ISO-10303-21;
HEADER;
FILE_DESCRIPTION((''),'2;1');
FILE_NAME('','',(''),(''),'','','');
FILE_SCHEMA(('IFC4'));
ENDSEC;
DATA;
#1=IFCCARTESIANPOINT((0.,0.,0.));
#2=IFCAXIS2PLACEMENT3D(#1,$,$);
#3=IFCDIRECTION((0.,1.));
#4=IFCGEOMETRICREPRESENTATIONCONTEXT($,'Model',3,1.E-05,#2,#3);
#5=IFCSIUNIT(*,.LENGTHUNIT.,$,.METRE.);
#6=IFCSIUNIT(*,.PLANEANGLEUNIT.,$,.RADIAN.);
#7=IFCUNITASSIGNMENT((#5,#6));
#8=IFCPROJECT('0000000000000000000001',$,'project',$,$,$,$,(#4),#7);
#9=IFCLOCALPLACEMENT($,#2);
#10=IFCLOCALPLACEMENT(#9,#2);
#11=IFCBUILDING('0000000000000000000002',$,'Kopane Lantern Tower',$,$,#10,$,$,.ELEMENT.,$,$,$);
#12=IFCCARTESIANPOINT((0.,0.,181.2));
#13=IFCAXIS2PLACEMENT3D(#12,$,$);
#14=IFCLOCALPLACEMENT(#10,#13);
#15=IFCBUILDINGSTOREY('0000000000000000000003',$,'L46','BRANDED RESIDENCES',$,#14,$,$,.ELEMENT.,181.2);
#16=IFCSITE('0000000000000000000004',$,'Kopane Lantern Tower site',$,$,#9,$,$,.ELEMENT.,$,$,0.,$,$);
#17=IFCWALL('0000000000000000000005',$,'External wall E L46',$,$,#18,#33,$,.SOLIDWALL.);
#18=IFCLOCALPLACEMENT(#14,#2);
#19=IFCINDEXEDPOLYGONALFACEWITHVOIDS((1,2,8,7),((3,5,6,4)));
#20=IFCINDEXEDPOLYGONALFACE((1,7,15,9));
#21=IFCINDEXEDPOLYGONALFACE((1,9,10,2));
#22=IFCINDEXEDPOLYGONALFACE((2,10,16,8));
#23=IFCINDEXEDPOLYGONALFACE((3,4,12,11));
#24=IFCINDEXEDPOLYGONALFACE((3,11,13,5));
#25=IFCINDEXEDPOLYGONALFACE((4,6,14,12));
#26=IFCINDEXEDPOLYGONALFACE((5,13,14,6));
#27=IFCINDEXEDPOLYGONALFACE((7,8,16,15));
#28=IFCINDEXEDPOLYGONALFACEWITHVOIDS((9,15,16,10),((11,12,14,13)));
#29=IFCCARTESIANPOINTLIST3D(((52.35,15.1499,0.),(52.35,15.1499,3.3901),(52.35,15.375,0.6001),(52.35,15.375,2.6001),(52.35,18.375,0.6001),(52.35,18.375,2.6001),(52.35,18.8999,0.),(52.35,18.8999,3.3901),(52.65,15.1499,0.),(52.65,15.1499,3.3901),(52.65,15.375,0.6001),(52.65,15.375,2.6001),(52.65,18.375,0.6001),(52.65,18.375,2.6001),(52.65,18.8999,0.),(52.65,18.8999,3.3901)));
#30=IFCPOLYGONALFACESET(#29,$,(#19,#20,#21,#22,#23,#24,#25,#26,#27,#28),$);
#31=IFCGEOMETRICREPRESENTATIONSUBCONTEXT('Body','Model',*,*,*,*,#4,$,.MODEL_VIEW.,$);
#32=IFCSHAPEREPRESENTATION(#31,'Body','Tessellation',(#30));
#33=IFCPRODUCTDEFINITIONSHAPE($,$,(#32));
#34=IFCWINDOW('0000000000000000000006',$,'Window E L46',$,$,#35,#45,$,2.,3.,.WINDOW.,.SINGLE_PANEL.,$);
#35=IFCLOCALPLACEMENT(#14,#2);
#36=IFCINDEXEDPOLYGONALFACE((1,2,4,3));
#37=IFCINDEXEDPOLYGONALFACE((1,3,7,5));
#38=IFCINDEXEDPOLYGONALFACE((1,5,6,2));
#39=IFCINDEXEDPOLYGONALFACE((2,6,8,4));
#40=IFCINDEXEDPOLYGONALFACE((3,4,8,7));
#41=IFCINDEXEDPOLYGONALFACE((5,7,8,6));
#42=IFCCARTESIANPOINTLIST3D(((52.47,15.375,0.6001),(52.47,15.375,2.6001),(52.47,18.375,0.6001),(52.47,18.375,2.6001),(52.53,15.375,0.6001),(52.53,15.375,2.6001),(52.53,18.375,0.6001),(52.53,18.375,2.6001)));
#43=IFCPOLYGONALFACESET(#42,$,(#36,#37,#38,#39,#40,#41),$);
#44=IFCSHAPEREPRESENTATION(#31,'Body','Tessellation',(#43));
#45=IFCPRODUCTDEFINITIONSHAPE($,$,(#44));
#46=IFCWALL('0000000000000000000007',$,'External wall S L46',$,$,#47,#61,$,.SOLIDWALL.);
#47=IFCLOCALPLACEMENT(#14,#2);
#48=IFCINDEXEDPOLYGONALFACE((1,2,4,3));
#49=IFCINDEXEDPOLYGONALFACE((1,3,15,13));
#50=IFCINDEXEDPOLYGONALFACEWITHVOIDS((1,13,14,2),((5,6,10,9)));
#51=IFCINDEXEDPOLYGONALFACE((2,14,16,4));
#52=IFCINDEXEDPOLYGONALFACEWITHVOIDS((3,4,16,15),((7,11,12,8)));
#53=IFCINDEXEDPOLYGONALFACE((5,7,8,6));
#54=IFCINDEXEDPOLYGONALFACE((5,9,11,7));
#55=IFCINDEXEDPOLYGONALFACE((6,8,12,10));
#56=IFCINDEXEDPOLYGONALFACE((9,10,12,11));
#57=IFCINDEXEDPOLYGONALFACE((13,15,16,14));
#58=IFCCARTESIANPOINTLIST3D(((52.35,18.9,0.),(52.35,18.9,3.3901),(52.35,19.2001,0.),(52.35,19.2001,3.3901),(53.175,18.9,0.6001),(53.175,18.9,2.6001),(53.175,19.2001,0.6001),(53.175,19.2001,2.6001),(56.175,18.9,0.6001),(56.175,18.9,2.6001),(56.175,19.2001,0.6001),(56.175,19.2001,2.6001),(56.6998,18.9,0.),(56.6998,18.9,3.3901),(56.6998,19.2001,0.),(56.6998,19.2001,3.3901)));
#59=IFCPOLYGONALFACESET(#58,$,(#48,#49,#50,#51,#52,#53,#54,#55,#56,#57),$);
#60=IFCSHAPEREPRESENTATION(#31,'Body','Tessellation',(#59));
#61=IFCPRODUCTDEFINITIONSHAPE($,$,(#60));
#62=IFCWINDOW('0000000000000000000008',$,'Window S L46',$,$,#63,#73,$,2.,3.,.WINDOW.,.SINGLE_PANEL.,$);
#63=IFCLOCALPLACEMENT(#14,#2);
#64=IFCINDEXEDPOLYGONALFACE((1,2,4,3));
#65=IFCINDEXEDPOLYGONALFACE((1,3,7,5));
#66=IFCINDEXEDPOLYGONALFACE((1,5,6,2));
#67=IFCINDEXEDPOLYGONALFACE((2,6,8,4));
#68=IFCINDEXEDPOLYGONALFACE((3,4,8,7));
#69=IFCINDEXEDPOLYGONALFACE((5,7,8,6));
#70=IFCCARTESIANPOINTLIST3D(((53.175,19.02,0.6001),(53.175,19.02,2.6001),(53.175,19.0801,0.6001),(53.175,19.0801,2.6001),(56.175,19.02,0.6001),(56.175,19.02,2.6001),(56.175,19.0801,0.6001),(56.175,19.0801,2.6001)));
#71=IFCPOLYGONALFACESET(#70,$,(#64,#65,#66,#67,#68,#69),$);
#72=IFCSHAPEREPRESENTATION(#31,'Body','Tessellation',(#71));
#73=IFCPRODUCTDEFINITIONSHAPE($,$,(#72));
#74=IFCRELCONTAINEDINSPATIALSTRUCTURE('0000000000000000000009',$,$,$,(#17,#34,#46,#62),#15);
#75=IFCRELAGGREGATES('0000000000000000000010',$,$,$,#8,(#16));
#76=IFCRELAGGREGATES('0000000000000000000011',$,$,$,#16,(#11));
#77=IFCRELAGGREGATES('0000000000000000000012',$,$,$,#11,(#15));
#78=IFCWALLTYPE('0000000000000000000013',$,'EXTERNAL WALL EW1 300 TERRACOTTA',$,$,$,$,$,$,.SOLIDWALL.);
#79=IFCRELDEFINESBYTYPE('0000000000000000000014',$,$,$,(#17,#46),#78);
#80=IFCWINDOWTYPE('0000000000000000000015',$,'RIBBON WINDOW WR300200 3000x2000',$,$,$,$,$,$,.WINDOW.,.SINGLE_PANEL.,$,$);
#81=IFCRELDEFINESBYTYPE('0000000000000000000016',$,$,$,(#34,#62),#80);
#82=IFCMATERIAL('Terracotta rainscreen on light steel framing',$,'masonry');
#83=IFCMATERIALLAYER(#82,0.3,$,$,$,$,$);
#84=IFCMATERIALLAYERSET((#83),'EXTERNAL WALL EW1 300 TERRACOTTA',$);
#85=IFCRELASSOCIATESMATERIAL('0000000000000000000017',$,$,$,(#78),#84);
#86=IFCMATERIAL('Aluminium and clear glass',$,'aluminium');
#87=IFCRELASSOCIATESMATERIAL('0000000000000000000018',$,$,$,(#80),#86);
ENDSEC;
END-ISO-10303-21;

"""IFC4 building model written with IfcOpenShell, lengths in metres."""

from ifc_helpers import new_model, si_unit, direction, frame, frame_2d, origin, place, context, subcontext, project, spatial, rectangle, extrude, material, layer, layer_set, type_object, element, fill, save


model = new_model("IFC4")

# Units and contexts
model_context = context("Model", 3, precision=1e-05, world=origin(), true_north=direction((0.0, 1.0)))
body_context = subcontext(model_context, "Body", "Model", "MODEL_VIEW")
ifc_project = project(units=[si_unit("LENGTHUNIT", "METRE"), si_unit("PLANEANGLEUNIT", "RADIAN")], contexts=[model_context])

# Site, building, storey
site_placement = place(None, origin())
site = spatial("IfcSite", under=ifc_project, at=site_placement, Name="Kopane Lantern Tower site", CompositionType="ELEMENT", RefElevation=0.0)
building_placement = place(site_placement, origin())
building = spatial("IfcBuilding", under=site, at=building_placement, Name="Kopane Lantern Tower", CompositionType="ELEMENT")
storey_placement = place(building_placement, frame((0.0, 0.0, 181.2)))
storey = spatial("IfcBuildingStorey", under=building, at=storey_placement, Name="L46", Description="BRANDED RESIDENCES", CompositionType="ELEMENT", Elevation=181.2)

# Walls, openings, windows
ifc_material_1 = material(Name="Terracotta rainscreen on light steel framing", Category="masonry")
ifc_layer = layer(ifc_material_1, 0.3)
ifc_layer_set = layer_set([ifc_layer], Name="EXTERNAL WALL EW1 300 TERRACOTTA")
wall_type = type_object("IfcWallType", Name="EXTERNAL WALL EW1 300 TERRACOTTA", PredefinedType="SOLIDWALL", material=ifc_layer_set)
wall_1_placement = place(storey_placement, frame((52.5, 15.1499, 0.0), z_axis=(0.0, 0.0, 1.0), x_axis=(0.0, 1.0, 0.0)))
wall_1 = element("IfcWall", 1, at=wall_1_placement, inside=storey, type_object=wall_type, Name="External wall E L46", PredefinedType="SOLIDWALL", context=body_context, shape_type="SweptSolid", body=[
    extrude(rectangle(XDim=3.75, YDim=0.3, at=frame_2d((1.875, 0.0))), origin(), (0.0, 0.0, 1.0), 3.3901),
])
opening_1_placement = place(wall_1_placement, frame((0.2251, 0.0, 0.6001)))
opening_1 = element("IfcOpeningElement", 2, at=opening_1_placement, cuts=wall_1, PredefinedType="OPENING", context=body_context, shape_type="SweptSolid", body=[
    extrude(rectangle(XDim=3.0, YDim=2.0, at=frame_2d((1.5, 1.0))), frame((0.0, 0.1599, 0.0), z_axis=(0.0, -1.0, 0.0), x_axis=(1.0, 0.0, 0.0)), (0.0, 0.0, 1.0), 0.3201),
])
ifc_material_2 = material(Name="Aluminium and clear glass", Category="aluminium")
window_type = type_object("IfcWindowType", Name="RIBBON WINDOW WR300200 3000x2000", PartitioningType="SINGLE_PANEL", PredefinedType="WINDOW", material=ifc_material_2)
window_1_placement = place(opening_1_placement, origin())
window_1 = element("IfcWindow", 3, at=window_1_placement, inside=storey, type_object=window_type, Name="Window E L46", OverallHeight=2.0, OverallWidth=3.0, PartitioningType="SINGLE_PANEL", PredefinedType="WINDOW", context=body_context, shape_type="SweptSolid", body=[
    extrude(rectangle(XDim=3.0, YDim=2.0, at=frame_2d((1.5, 1.0))), frame((0.0, 0.03, 0.0), z_axis=(0.0, -1.0, 0.0), x_axis=(1.0, 0.0, 0.0)), (0.0, 0.0, 1.0), 0.0601),
])
fill(opening_1, window_1)
wall_2_placement = place(storey_placement, frame((52.3501, 19.05, 0.0), z_axis=(0.0, 0.0, 1.0), x_axis=(1.0, 0.0, 0.0)))
wall_2 = element("IfcWall", 4, at=wall_2_placement, inside=storey, type_object=wall_type, Name="External wall S L46", PredefinedType="SOLIDWALL", context=body_context, shape_type="SweptSolid", body=[
    extrude(rectangle(XDim=4.3499, YDim=0.3, at=frame_2d((2.1748, 0.0))), origin(), (0.0, 0.0, 1.0), 3.3901),
])
opening_2_placement = place(wall_2_placement, frame((0.825, 0.0, 0.6001)))
opening_2 = element("IfcOpeningElement", 5, at=opening_2_placement, cuts=wall_2, PredefinedType="OPENING", context=body_context, shape_type="SweptSolid", body=[
    extrude(rectangle(XDim=3.0, YDim=2.0, at=frame_2d((1.5, 1.0))), frame((0.0, 0.1599, 0.0), z_axis=(0.0, -1.0, 0.0), x_axis=(1.0, 0.0, 0.0)), (0.0, 0.0, 1.0), 0.3201),
])
window_2_placement = place(opening_2_placement, origin())
window_2 = element("IfcWindow", 6, at=window_2_placement, inside=storey, type_object=window_type, Name="Window S L46", OverallHeight=2.0, OverallWidth=3.0, PartitioningType="SINGLE_PANEL", PredefinedType="WINDOW", context=body_context, shape_type="SweptSolid", body=[
    extrude(rectangle(XDim=3.0, YDim=2.0, at=frame_2d((1.5, 1.0))), frame((0.0, 0.03, 0.0), z_axis=(0.0, -1.0, 0.0), x_axis=(1.0, 0.0, 0.0)), (0.0, 0.0, 1.0), 0.0601),
])
fill(opening_2, window_2)

save(model, "model.ifc")
